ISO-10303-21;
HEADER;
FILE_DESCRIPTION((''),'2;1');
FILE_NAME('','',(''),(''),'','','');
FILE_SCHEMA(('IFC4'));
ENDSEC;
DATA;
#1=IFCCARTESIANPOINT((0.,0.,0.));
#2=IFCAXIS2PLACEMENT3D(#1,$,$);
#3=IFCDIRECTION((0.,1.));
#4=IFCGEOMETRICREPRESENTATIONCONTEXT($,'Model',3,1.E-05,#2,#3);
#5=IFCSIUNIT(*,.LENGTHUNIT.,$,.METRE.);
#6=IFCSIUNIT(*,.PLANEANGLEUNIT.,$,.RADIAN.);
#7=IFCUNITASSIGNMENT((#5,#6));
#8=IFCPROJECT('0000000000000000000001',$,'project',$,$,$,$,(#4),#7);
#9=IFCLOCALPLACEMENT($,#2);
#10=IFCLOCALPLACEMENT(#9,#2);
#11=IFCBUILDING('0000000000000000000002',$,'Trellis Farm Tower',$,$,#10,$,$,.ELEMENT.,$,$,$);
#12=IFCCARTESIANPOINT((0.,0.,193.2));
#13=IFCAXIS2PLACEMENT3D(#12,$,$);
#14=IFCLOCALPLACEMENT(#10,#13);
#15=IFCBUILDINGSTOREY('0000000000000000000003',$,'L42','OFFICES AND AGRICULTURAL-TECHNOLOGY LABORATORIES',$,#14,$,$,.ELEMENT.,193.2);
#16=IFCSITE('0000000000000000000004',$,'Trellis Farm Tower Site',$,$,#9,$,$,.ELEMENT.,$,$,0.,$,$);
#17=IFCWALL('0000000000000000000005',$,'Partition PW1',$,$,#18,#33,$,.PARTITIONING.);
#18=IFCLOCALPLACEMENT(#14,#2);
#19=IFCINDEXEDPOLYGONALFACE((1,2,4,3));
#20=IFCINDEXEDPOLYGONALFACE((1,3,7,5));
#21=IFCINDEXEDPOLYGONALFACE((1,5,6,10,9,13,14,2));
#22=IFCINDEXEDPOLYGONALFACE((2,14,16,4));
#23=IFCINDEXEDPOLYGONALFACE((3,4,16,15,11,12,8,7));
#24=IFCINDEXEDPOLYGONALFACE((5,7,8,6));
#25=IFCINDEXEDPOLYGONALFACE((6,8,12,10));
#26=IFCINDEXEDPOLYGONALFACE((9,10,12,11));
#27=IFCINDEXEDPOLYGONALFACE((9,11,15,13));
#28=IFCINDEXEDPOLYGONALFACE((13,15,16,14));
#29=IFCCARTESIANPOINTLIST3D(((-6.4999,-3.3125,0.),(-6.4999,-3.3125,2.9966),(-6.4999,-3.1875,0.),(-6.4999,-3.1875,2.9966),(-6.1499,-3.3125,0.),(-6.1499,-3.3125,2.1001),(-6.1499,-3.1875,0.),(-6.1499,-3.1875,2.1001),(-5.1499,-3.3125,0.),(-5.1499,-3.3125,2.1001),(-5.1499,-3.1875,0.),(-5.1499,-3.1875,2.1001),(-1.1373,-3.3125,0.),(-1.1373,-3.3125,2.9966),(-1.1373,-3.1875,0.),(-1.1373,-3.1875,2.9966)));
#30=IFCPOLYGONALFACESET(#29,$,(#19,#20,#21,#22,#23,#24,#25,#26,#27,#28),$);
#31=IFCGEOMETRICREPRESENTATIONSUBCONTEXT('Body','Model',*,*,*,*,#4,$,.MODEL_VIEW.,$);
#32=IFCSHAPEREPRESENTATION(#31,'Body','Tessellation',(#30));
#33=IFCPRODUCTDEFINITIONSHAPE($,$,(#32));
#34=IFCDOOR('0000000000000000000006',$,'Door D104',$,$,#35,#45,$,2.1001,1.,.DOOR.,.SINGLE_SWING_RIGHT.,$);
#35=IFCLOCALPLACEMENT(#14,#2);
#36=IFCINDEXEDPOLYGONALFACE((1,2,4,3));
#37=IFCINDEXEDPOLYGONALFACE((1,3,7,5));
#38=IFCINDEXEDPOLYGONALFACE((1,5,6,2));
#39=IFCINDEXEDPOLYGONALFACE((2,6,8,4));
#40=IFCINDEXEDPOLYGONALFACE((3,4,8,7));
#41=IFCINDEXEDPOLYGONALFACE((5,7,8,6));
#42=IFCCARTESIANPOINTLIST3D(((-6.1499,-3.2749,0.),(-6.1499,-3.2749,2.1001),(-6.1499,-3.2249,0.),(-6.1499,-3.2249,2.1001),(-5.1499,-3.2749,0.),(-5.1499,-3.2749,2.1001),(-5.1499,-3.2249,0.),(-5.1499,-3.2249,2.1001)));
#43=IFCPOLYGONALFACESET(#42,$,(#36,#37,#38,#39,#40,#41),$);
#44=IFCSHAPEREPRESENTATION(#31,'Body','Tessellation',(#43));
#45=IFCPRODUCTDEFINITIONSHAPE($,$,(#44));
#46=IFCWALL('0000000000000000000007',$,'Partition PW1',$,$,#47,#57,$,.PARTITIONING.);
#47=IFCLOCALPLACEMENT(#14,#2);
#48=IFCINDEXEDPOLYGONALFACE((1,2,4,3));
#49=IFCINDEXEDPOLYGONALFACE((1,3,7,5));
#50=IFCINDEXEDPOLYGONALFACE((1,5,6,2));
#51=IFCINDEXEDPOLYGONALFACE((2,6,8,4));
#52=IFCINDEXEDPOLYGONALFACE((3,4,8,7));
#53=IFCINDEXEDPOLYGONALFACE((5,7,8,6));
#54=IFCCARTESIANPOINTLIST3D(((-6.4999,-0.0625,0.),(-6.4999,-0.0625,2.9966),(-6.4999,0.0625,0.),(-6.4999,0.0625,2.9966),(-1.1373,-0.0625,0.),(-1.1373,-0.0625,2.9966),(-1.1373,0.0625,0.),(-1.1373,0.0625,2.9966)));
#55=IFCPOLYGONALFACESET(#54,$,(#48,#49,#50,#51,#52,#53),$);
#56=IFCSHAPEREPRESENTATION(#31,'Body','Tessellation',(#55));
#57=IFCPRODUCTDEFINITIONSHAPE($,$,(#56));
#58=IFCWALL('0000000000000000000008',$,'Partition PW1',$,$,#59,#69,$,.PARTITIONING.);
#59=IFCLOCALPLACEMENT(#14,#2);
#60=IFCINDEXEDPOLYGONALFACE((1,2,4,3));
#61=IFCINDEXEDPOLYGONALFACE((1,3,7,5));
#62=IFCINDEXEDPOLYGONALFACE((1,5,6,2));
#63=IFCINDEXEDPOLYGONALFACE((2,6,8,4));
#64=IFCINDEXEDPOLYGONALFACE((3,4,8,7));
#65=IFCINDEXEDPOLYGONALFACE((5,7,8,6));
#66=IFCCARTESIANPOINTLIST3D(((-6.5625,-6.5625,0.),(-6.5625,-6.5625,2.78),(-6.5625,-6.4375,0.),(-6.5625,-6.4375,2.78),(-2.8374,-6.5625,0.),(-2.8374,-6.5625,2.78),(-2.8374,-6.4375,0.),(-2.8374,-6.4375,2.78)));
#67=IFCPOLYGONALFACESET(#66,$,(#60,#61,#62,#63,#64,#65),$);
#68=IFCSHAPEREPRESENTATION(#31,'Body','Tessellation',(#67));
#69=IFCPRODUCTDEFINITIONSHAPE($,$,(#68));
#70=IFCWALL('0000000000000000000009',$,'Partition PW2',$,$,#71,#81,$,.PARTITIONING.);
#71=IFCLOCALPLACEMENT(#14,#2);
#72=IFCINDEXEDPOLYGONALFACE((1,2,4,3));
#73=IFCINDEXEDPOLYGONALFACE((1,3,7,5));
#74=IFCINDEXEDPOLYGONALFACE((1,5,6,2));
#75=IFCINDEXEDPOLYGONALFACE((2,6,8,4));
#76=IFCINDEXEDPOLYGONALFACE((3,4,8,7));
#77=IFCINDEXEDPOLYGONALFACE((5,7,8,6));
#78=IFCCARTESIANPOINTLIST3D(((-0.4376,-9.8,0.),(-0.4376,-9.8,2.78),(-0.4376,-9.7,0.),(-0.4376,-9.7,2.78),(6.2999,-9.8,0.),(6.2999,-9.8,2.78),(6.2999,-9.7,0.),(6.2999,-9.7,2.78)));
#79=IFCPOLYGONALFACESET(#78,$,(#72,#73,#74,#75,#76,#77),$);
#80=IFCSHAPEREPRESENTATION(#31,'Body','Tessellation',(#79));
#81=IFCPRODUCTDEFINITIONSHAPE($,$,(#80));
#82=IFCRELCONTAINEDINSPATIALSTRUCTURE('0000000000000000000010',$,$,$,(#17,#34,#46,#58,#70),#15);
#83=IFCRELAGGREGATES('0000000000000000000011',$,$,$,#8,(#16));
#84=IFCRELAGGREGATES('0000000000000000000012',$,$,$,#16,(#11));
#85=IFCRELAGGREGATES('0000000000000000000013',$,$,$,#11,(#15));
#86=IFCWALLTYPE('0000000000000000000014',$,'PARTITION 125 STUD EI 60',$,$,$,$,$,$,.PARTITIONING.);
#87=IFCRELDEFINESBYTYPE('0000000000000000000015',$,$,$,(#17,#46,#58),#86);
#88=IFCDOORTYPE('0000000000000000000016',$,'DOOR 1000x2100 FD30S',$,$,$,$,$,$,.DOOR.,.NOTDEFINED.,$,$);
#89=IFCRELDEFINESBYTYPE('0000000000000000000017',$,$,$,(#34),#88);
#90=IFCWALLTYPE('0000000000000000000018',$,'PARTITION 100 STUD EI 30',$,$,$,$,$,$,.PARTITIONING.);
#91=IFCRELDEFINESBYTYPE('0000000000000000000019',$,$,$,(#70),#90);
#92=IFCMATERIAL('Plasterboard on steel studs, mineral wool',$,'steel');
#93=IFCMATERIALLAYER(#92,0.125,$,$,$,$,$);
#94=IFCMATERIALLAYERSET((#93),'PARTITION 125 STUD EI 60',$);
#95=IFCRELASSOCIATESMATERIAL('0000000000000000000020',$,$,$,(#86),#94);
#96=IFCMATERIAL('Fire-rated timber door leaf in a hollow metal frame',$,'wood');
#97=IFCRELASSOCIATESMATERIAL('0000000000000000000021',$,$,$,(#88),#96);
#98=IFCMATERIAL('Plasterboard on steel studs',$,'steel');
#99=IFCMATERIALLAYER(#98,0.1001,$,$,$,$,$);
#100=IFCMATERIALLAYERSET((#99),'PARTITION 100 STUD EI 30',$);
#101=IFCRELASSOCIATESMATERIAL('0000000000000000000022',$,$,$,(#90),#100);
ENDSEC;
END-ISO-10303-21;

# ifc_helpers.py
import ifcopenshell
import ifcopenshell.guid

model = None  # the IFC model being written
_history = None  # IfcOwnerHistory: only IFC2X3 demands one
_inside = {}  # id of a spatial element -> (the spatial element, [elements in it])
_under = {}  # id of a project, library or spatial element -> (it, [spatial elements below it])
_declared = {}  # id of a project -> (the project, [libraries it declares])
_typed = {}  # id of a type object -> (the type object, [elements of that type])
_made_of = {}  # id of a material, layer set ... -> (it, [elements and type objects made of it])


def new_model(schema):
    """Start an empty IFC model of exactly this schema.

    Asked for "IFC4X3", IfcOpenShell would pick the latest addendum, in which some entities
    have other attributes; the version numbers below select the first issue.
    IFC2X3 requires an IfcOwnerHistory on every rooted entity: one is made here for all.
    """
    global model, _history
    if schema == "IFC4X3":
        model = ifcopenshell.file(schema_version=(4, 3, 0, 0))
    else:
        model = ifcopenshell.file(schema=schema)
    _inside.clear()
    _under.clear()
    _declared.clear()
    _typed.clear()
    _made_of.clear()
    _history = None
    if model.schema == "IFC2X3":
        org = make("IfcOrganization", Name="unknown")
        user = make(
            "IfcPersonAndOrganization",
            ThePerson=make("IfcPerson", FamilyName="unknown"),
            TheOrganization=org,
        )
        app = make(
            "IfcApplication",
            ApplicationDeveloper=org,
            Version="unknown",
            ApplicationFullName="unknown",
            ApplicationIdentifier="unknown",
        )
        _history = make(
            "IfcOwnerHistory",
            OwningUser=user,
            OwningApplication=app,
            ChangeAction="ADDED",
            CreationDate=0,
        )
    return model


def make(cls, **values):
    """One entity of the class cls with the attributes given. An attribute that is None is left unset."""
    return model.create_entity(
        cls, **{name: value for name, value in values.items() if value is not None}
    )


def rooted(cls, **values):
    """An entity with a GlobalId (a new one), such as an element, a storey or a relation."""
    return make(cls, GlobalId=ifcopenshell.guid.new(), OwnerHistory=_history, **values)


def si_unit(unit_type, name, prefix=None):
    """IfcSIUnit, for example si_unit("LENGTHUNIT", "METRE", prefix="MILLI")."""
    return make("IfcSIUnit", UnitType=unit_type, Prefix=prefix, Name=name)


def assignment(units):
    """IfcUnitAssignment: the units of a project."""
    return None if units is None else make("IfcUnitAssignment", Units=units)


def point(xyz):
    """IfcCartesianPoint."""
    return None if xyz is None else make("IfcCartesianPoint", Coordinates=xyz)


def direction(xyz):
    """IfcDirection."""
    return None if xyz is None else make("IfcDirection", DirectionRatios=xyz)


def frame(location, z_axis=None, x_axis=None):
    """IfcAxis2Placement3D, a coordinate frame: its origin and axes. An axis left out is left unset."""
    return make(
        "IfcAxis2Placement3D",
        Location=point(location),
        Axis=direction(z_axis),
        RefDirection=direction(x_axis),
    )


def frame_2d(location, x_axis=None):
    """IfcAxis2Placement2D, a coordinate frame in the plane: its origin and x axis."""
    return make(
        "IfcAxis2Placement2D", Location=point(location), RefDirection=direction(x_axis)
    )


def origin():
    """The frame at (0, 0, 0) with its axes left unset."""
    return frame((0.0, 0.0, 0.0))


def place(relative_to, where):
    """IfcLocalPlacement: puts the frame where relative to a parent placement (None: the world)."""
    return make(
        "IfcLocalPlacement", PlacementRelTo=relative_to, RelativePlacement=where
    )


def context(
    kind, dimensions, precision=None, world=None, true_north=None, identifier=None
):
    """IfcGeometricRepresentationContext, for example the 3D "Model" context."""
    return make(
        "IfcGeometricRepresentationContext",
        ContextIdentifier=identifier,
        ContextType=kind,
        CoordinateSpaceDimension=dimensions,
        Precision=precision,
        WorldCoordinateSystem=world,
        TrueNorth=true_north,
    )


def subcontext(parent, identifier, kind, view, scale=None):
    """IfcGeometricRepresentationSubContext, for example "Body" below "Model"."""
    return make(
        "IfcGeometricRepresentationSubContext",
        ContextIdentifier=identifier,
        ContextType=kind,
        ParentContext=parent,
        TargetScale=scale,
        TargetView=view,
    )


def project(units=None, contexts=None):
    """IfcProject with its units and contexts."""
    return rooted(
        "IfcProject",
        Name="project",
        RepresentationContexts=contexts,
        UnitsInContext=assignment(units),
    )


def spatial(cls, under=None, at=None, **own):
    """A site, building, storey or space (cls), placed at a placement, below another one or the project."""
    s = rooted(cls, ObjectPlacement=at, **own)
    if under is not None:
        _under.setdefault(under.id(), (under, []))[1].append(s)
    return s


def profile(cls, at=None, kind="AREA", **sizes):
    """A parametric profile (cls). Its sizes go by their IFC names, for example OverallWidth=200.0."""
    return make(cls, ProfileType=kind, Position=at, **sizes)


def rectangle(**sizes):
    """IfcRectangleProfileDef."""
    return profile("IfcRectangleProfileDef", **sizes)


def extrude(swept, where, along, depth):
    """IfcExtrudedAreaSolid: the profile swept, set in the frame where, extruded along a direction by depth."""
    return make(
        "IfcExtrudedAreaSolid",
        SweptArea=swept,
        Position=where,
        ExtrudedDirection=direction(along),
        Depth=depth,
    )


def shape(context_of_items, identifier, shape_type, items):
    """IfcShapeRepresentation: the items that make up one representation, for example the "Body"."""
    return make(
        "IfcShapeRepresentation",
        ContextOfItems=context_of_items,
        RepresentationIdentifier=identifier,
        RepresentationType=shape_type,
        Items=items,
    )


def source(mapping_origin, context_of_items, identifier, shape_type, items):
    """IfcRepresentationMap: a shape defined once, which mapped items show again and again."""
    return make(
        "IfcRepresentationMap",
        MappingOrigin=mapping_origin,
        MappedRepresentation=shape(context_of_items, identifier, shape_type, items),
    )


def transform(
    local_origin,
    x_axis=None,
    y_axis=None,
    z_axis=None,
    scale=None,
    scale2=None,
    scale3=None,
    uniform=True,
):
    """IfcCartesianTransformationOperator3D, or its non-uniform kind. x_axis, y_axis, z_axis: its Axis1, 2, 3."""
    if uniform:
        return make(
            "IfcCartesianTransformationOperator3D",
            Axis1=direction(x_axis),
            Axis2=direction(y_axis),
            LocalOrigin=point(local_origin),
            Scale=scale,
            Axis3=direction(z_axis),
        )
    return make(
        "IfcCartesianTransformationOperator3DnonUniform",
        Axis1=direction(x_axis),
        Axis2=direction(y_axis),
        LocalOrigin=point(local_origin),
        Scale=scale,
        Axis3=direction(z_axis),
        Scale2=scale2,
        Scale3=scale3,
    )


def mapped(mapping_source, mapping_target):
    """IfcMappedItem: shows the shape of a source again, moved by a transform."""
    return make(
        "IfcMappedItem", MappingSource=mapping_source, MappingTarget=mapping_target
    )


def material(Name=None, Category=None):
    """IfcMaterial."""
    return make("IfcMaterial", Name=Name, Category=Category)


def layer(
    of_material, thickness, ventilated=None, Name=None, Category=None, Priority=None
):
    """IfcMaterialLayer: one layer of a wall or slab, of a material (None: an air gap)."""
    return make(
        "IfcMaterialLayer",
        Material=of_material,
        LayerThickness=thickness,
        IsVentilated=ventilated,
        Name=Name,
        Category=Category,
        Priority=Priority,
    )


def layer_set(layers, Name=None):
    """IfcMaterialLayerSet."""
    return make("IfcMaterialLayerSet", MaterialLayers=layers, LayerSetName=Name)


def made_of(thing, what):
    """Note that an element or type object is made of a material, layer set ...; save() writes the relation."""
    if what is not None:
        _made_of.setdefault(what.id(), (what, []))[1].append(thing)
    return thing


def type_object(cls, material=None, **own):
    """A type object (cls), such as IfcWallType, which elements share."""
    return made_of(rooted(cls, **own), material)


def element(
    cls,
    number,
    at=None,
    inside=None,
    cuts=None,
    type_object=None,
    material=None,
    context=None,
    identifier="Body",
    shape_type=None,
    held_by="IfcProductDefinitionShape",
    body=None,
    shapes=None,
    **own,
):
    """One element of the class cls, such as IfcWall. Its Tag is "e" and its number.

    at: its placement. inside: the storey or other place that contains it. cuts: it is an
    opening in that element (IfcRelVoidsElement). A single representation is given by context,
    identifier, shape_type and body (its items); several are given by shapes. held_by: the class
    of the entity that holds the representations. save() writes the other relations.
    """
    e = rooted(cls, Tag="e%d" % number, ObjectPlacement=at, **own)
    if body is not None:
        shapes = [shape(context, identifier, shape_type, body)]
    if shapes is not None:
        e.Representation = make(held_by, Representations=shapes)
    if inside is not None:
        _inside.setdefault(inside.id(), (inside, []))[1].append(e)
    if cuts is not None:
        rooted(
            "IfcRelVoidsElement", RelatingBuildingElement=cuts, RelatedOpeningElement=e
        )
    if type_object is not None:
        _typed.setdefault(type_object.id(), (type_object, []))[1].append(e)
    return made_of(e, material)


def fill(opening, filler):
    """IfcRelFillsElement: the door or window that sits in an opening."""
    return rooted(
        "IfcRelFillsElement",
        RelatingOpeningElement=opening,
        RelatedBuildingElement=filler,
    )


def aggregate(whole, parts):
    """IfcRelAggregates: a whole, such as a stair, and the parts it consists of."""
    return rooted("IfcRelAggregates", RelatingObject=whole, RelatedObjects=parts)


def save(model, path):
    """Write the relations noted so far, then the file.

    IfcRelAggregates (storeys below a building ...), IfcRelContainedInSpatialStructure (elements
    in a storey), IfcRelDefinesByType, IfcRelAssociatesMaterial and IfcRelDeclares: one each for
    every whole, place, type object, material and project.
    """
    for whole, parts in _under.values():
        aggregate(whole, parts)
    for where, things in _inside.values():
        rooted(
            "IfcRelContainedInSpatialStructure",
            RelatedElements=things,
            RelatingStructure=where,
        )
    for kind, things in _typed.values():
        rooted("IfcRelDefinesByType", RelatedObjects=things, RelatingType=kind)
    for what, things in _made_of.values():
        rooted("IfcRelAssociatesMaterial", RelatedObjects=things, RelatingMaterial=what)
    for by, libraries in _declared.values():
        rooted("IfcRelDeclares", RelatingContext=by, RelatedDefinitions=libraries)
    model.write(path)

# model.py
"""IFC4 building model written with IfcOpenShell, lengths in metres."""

from ifc_helpers import new_model, si_unit, direction, frame, frame_2d, origin, place, context, subcontext, project, spatial, rectangle, extrude, source, transform, mapped, material, layer, layer_set, type_object, element, fill, save


model = new_model("IFC4")

# Units and contexts
model_context = context("Model", 3, precision=1e-05, world=origin(), true_north=direction((0.0, 1.0)))
body_context = subcontext(model_context, "Body", "Model", "MODEL_VIEW")
ifc_project = project(units=[si_unit("LENGTHUNIT", "METRE"), si_unit("PLANEANGLEUNIT", "RADIAN")], contexts=[model_context])

# Site, building, storey
site_placement = place(None, origin())
site = spatial("IfcSite", under=ifc_project, at=site_placement, Name="Trellis Farm Tower Site", CompositionType="ELEMENT", RefElevation=0.0)
building_placement = place(site_placement, origin())
building = spatial("IfcBuilding", under=site, at=building_placement, Name="Trellis Farm Tower", CompositionType="ELEMENT")
storey_placement = place(building_placement, frame((0.0, 0.0, 193.2)))
storey = spatial("IfcBuildingStorey", under=building, at=storey_placement, Name="L42", Description="OFFICES AND AGRICULTURAL-TECHNOLOGY LABORATORIES", CompositionType="ELEMENT", Elevation=193.2)

# Shared definitions
ifc_material_1 = material(Name="Plasterboard on steel studs, mineral wool", Category="steel")
ifc_layer_1 = layer(ifc_material_1, 0.125)
ifc_layer_set_1 = layer_set([ifc_layer_1], Name="PARTITION 125 STUD EI 60")
wall_type_1 = type_object("IfcWallType", Name="PARTITION 125 STUD EI 60", PredefinedType="PARTITIONING", material=ifc_layer_set_1)
shared_shape_1 = source(origin(), body_context, "Body", "SweptSolid", [
    extrude(rectangle(XDim=1.0, YDim=2.1001, at=frame_2d((0.5, 1.05))), frame((0.0, 0.0725, 0.0), z_axis=(0.0, -1.0, 0.0), x_axis=(1.0, 0.0, 0.0)), (0.0, 0.0, 1.0), 0.145),
])
ifc_material_2 = material(Name="Fire-rated timber door leaf in a hollow metal frame", Category="wood")
door_type = type_object("IfcDoorType", Name="DOOR 1000x2100 FD30S", OperationType="NOTDEFINED", PredefinedType="DOOR", material=ifc_material_2)
shared_shape_2 = source(origin(), body_context, "Body", "SweptSolid", [
    extrude(rectangle(XDim=1.0, YDim=2.1001, at=frame_2d((0.5, 1.05))), frame((0.0, 0.0249, 0.0), z_axis=(0.0, -1.0, 0.0), x_axis=(1.0, 0.0, 0.0)), (0.0, 0.0, 1.0), 0.05),
])

# Wall, opening, door
shared_shape_3 = source(origin(), body_context, "Body", "SweptSolid", [
    extrude(rectangle(XDim=5.3625, YDim=0.125, at=frame_2d((2.6812, 0.0))), origin(), (0.0, 0.0, 1.0), 2.9966),
])
wall_1_placement = place(storey_placement, frame((-1.1375, -3.25, 0.0), z_axis=(0.0, 0.0, 1.0), x_axis=(-1.0, 0.0, 0.0)))
wall_1 = element("IfcWall", 1, at=wall_1_placement, inside=storey, type_object=wall_type_1, Name="Partition PW1", PredefinedType="PARTITIONING", context=body_context, shape_type="MappedRepresentation", body=[
    mapped(shared_shape_3, transform((0.0, 0.0, 0.0))),
])
opening_1_placement = place(wall_1_placement, frame((4.0125, 0.0, 0.0)))
opening_1 = element("IfcOpeningElement", 2, at=opening_1_placement, cuts=wall_1, PredefinedType="OPENING", context=body_context, shape_type="MappedRepresentation", body=[
    mapped(shared_shape_1, transform((0.0, 0.0, 0.0))),
])
door_1_placement = place(opening_1_placement, origin())
door_1 = element("IfcDoor", 3, at=door_1_placement, inside=storey, type_object=door_type, Name="Door D104", OperationType="SINGLE_SWING_RIGHT", OverallHeight=2.1001, OverallWidth=1.0, PredefinedType="DOOR", context=body_context, shape_type="MappedRepresentation", body=[
    mapped(shared_shape_2, transform((0.0, 0.0, 0.0))),
])
fill(opening_1, door_1)

# Walls
wall_2_placement = place(storey_placement, frame((-1.1375, 0.0, 0.0), z_axis=(0.0, 0.0, 1.0), x_axis=(-1.0, 0.0, 0.0)))
element("IfcWall", 4, at=wall_2_placement, inside=storey, type_object=wall_type_1, Name="Partition PW1", PredefinedType="PARTITIONING", context=body_context, shape_type="MappedRepresentation", body=[
    mapped(shared_shape_3, transform((0.0, 0.0, 0.0))),
])
shared_shape_4 = source(origin(), body_context, "Body", "SweptSolid", [
    extrude(rectangle(XDim=3.7251, YDim=0.125, at=frame_2d((1.8625, 0.0))), origin(), (0.0, 0.0, 1.0), 2.78),
])
wall_3_placement = place(storey_placement, frame((-2.8374, -6.5, 0.0), z_axis=(0.0, 0.0, 1.0), x_axis=(-1.0, 0.0, 0.0)))
element("IfcWall", 5, at=wall_3_placement, inside=storey, type_object=wall_type_1, Name="Partition PW1", PredefinedType="PARTITIONING", context=body_context, shape_type="MappedRepresentation", body=[
    mapped(shared_shape_4, transform((0.0, 0.0, 0.0))),
])
ifc_material_3 = material(Name="Plasterboard on steel studs", Category="steel")
ifc_layer_2 = layer(ifc_material_3, 0.1001)
ifc_layer_set_2 = layer_set([ifc_layer_2], Name="PARTITION 100 STUD EI 30")
wall_type_2 = type_object("IfcWallType", Name="PARTITION 100 STUD EI 30", PredefinedType="PARTITIONING", material=ifc_layer_set_2)
shared_shape_5 = source(origin(), body_context, "Body", "SweptSolid", [
    extrude(rectangle(XDim=6.7375, YDim=0.1001, at=frame_2d((3.3687, 0.0))), origin(), (0.0, 0.0, 1.0), 2.78),
])
wall_4_placement = place(storey_placement, frame((-0.4375, -9.75, 0.0), z_axis=(0.0, 0.0, 1.0), x_axis=(1.0, 0.0, 0.0)))
element("IfcWall", 6, at=wall_4_placement, inside=storey, type_object=wall_type_2, Name="Partition PW2", PredefinedType="PARTITIONING", context=body_context, shape_type="MappedRepresentation", body=[
    mapped(shared_shape_5, transform((0.0, 0.0, 0.0))),
])

save(model, "model.ifc")
